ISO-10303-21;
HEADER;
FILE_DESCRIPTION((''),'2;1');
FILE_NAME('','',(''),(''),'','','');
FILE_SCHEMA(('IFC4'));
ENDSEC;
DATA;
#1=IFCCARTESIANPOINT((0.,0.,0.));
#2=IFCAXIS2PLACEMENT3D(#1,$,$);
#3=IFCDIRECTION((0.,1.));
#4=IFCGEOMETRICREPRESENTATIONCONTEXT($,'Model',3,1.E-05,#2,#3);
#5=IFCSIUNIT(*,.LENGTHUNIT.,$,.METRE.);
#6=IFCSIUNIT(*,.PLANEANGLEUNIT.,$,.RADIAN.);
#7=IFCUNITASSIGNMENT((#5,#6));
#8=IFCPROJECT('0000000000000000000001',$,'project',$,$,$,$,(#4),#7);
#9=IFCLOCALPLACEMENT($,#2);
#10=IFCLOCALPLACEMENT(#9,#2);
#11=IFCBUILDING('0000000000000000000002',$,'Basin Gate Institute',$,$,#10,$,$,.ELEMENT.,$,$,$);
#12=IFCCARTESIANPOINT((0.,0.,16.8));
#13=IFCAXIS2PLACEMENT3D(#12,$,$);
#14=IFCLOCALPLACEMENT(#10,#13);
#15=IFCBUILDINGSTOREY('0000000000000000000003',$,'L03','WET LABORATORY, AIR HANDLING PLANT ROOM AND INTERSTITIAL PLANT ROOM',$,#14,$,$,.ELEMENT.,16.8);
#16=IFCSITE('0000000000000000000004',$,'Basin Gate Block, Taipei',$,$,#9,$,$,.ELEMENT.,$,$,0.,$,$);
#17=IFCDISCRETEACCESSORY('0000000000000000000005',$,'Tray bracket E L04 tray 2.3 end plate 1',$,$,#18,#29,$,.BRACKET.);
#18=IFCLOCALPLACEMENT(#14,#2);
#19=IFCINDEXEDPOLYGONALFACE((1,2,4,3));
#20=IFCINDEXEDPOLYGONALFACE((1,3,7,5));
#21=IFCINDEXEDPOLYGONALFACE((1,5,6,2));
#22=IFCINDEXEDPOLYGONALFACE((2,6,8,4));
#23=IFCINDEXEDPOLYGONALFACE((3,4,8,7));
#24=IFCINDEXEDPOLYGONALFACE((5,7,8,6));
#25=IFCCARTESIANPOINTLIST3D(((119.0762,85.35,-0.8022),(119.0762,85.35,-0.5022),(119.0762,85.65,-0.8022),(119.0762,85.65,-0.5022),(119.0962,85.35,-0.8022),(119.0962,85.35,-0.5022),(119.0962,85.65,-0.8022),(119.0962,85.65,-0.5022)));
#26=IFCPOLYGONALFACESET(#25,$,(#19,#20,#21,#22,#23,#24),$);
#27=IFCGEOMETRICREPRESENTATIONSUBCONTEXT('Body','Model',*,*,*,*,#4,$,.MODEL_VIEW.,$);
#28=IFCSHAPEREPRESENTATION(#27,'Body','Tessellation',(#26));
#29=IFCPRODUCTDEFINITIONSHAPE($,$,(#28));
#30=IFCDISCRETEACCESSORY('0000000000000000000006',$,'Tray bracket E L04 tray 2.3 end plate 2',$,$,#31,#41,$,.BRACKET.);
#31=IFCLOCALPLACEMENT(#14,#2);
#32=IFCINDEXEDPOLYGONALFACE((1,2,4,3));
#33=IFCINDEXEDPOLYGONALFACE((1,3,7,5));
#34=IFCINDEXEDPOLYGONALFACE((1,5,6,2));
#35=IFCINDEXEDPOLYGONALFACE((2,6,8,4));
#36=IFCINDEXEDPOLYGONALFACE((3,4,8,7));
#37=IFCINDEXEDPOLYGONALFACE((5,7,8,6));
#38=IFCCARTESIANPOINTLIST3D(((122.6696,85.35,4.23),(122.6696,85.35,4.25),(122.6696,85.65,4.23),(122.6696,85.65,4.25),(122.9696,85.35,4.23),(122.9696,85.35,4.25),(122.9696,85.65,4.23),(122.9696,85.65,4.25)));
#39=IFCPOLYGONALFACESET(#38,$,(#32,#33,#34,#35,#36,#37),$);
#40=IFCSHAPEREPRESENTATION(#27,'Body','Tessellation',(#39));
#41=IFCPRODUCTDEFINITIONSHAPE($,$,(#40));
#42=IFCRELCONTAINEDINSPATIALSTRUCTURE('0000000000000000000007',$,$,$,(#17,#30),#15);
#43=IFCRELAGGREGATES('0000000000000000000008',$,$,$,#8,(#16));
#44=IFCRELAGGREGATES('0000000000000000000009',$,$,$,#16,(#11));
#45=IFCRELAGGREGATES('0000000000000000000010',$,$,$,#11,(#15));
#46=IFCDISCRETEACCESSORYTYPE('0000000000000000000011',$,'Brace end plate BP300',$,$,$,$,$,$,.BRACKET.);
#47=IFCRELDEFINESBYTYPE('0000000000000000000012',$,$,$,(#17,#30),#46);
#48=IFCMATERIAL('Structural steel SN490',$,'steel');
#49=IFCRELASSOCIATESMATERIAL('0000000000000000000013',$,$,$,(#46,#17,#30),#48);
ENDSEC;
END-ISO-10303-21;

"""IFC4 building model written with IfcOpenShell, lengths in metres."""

from ifc_helpers import new_model, si_unit, direction, frame, origin, origin_2d, place, context, subcontext, project, spatial, rectangle, extrude, material, type_object, element, save


model = new_model("IFC4")

# Units and contexts
model_context = context("Model", 3, precision=1e-05, world=origin(), true_north=direction((0.0, 1.0)))
body_context = subcontext(model_context, "Body", "Model", "MODEL_VIEW")
ifc_project = project(units=[si_unit("LENGTHUNIT", "METRE"), si_unit("PLANEANGLEUNIT", "RADIAN")], contexts=[model_context])

# Site, building, storey
site_placement = place(None, origin())
site = spatial("IfcSite", under=ifc_project, at=site_placement, Name="Basin Gate Block, Taipei", CompositionType="ELEMENT", RefElevation=0.0)
building_placement = place(site_placement, origin())
building = spatial("IfcBuilding", under=site, at=building_placement, Name="Basin Gate Institute", CompositionType="ELEMENT")
storey_placement = place(building_placement, frame((0.0, 0.0, 16.8)))
storey = spatial("IfcBuildingStorey", under=building, at=storey_placement, Name="L03", Description="WET LABORATORY, AIR HANDLING PLANT ROOM AND INTERSTITIAL PLANT ROOM", CompositionType="ELEMENT", Elevation=16.8)

# Discrete accessories
ifc_material_1 = material(Name="Structural steel SN490", Category="steel")
discrete_accessory_type = type_object("IfcDiscreteAccessoryType", Name="Brace end plate BP300", PredefinedType="BRACKET", material=ifc_material_1)
discrete_accessory_1_placement = place(storey_placement, frame((119.0862, 85.5, -0.8022), z_axis=(0.0, 0.0, 1.0), x_axis=(1.0, 0.0, 0.0)))
element("IfcDiscreteAccessory", 1, at=discrete_accessory_1_placement, inside=storey, type_object=discrete_accessory_type, material=ifc_material_1, Name="Tray bracket E L04 tray 2.3 end plate 1", PredefinedType="BRACKET", context=body_context, shape_type="SweptSolid", body=[
    extrude(rectangle(XDim=0.02, YDim=0.3, at=origin_2d()), origin(), (0.0, 0.0, 1.0), 0.3),
])
discrete_accessory_2_placement = place(storey_placement, frame((122.8196, 85.5, 4.23), z_axis=(0.0, 0.0, 1.0), x_axis=(1.0, 0.0, 0.0)))
element("IfcDiscreteAccessory", 2, at=discrete_accessory_2_placement, inside=storey, type_object=discrete_accessory_type, material=ifc_material_1, Name="Tray bracket E L04 tray 2.3 end plate 2", PredefinedType="BRACKET", context=body_context, shape_type="SweptSolid", body=[
    extrude(rectangle(XDim=0.3, YDim=0.3, at=origin_2d()), origin(), (0.0, 0.0, 1.0), 0.02),
])

save(model, "model.ifc")
